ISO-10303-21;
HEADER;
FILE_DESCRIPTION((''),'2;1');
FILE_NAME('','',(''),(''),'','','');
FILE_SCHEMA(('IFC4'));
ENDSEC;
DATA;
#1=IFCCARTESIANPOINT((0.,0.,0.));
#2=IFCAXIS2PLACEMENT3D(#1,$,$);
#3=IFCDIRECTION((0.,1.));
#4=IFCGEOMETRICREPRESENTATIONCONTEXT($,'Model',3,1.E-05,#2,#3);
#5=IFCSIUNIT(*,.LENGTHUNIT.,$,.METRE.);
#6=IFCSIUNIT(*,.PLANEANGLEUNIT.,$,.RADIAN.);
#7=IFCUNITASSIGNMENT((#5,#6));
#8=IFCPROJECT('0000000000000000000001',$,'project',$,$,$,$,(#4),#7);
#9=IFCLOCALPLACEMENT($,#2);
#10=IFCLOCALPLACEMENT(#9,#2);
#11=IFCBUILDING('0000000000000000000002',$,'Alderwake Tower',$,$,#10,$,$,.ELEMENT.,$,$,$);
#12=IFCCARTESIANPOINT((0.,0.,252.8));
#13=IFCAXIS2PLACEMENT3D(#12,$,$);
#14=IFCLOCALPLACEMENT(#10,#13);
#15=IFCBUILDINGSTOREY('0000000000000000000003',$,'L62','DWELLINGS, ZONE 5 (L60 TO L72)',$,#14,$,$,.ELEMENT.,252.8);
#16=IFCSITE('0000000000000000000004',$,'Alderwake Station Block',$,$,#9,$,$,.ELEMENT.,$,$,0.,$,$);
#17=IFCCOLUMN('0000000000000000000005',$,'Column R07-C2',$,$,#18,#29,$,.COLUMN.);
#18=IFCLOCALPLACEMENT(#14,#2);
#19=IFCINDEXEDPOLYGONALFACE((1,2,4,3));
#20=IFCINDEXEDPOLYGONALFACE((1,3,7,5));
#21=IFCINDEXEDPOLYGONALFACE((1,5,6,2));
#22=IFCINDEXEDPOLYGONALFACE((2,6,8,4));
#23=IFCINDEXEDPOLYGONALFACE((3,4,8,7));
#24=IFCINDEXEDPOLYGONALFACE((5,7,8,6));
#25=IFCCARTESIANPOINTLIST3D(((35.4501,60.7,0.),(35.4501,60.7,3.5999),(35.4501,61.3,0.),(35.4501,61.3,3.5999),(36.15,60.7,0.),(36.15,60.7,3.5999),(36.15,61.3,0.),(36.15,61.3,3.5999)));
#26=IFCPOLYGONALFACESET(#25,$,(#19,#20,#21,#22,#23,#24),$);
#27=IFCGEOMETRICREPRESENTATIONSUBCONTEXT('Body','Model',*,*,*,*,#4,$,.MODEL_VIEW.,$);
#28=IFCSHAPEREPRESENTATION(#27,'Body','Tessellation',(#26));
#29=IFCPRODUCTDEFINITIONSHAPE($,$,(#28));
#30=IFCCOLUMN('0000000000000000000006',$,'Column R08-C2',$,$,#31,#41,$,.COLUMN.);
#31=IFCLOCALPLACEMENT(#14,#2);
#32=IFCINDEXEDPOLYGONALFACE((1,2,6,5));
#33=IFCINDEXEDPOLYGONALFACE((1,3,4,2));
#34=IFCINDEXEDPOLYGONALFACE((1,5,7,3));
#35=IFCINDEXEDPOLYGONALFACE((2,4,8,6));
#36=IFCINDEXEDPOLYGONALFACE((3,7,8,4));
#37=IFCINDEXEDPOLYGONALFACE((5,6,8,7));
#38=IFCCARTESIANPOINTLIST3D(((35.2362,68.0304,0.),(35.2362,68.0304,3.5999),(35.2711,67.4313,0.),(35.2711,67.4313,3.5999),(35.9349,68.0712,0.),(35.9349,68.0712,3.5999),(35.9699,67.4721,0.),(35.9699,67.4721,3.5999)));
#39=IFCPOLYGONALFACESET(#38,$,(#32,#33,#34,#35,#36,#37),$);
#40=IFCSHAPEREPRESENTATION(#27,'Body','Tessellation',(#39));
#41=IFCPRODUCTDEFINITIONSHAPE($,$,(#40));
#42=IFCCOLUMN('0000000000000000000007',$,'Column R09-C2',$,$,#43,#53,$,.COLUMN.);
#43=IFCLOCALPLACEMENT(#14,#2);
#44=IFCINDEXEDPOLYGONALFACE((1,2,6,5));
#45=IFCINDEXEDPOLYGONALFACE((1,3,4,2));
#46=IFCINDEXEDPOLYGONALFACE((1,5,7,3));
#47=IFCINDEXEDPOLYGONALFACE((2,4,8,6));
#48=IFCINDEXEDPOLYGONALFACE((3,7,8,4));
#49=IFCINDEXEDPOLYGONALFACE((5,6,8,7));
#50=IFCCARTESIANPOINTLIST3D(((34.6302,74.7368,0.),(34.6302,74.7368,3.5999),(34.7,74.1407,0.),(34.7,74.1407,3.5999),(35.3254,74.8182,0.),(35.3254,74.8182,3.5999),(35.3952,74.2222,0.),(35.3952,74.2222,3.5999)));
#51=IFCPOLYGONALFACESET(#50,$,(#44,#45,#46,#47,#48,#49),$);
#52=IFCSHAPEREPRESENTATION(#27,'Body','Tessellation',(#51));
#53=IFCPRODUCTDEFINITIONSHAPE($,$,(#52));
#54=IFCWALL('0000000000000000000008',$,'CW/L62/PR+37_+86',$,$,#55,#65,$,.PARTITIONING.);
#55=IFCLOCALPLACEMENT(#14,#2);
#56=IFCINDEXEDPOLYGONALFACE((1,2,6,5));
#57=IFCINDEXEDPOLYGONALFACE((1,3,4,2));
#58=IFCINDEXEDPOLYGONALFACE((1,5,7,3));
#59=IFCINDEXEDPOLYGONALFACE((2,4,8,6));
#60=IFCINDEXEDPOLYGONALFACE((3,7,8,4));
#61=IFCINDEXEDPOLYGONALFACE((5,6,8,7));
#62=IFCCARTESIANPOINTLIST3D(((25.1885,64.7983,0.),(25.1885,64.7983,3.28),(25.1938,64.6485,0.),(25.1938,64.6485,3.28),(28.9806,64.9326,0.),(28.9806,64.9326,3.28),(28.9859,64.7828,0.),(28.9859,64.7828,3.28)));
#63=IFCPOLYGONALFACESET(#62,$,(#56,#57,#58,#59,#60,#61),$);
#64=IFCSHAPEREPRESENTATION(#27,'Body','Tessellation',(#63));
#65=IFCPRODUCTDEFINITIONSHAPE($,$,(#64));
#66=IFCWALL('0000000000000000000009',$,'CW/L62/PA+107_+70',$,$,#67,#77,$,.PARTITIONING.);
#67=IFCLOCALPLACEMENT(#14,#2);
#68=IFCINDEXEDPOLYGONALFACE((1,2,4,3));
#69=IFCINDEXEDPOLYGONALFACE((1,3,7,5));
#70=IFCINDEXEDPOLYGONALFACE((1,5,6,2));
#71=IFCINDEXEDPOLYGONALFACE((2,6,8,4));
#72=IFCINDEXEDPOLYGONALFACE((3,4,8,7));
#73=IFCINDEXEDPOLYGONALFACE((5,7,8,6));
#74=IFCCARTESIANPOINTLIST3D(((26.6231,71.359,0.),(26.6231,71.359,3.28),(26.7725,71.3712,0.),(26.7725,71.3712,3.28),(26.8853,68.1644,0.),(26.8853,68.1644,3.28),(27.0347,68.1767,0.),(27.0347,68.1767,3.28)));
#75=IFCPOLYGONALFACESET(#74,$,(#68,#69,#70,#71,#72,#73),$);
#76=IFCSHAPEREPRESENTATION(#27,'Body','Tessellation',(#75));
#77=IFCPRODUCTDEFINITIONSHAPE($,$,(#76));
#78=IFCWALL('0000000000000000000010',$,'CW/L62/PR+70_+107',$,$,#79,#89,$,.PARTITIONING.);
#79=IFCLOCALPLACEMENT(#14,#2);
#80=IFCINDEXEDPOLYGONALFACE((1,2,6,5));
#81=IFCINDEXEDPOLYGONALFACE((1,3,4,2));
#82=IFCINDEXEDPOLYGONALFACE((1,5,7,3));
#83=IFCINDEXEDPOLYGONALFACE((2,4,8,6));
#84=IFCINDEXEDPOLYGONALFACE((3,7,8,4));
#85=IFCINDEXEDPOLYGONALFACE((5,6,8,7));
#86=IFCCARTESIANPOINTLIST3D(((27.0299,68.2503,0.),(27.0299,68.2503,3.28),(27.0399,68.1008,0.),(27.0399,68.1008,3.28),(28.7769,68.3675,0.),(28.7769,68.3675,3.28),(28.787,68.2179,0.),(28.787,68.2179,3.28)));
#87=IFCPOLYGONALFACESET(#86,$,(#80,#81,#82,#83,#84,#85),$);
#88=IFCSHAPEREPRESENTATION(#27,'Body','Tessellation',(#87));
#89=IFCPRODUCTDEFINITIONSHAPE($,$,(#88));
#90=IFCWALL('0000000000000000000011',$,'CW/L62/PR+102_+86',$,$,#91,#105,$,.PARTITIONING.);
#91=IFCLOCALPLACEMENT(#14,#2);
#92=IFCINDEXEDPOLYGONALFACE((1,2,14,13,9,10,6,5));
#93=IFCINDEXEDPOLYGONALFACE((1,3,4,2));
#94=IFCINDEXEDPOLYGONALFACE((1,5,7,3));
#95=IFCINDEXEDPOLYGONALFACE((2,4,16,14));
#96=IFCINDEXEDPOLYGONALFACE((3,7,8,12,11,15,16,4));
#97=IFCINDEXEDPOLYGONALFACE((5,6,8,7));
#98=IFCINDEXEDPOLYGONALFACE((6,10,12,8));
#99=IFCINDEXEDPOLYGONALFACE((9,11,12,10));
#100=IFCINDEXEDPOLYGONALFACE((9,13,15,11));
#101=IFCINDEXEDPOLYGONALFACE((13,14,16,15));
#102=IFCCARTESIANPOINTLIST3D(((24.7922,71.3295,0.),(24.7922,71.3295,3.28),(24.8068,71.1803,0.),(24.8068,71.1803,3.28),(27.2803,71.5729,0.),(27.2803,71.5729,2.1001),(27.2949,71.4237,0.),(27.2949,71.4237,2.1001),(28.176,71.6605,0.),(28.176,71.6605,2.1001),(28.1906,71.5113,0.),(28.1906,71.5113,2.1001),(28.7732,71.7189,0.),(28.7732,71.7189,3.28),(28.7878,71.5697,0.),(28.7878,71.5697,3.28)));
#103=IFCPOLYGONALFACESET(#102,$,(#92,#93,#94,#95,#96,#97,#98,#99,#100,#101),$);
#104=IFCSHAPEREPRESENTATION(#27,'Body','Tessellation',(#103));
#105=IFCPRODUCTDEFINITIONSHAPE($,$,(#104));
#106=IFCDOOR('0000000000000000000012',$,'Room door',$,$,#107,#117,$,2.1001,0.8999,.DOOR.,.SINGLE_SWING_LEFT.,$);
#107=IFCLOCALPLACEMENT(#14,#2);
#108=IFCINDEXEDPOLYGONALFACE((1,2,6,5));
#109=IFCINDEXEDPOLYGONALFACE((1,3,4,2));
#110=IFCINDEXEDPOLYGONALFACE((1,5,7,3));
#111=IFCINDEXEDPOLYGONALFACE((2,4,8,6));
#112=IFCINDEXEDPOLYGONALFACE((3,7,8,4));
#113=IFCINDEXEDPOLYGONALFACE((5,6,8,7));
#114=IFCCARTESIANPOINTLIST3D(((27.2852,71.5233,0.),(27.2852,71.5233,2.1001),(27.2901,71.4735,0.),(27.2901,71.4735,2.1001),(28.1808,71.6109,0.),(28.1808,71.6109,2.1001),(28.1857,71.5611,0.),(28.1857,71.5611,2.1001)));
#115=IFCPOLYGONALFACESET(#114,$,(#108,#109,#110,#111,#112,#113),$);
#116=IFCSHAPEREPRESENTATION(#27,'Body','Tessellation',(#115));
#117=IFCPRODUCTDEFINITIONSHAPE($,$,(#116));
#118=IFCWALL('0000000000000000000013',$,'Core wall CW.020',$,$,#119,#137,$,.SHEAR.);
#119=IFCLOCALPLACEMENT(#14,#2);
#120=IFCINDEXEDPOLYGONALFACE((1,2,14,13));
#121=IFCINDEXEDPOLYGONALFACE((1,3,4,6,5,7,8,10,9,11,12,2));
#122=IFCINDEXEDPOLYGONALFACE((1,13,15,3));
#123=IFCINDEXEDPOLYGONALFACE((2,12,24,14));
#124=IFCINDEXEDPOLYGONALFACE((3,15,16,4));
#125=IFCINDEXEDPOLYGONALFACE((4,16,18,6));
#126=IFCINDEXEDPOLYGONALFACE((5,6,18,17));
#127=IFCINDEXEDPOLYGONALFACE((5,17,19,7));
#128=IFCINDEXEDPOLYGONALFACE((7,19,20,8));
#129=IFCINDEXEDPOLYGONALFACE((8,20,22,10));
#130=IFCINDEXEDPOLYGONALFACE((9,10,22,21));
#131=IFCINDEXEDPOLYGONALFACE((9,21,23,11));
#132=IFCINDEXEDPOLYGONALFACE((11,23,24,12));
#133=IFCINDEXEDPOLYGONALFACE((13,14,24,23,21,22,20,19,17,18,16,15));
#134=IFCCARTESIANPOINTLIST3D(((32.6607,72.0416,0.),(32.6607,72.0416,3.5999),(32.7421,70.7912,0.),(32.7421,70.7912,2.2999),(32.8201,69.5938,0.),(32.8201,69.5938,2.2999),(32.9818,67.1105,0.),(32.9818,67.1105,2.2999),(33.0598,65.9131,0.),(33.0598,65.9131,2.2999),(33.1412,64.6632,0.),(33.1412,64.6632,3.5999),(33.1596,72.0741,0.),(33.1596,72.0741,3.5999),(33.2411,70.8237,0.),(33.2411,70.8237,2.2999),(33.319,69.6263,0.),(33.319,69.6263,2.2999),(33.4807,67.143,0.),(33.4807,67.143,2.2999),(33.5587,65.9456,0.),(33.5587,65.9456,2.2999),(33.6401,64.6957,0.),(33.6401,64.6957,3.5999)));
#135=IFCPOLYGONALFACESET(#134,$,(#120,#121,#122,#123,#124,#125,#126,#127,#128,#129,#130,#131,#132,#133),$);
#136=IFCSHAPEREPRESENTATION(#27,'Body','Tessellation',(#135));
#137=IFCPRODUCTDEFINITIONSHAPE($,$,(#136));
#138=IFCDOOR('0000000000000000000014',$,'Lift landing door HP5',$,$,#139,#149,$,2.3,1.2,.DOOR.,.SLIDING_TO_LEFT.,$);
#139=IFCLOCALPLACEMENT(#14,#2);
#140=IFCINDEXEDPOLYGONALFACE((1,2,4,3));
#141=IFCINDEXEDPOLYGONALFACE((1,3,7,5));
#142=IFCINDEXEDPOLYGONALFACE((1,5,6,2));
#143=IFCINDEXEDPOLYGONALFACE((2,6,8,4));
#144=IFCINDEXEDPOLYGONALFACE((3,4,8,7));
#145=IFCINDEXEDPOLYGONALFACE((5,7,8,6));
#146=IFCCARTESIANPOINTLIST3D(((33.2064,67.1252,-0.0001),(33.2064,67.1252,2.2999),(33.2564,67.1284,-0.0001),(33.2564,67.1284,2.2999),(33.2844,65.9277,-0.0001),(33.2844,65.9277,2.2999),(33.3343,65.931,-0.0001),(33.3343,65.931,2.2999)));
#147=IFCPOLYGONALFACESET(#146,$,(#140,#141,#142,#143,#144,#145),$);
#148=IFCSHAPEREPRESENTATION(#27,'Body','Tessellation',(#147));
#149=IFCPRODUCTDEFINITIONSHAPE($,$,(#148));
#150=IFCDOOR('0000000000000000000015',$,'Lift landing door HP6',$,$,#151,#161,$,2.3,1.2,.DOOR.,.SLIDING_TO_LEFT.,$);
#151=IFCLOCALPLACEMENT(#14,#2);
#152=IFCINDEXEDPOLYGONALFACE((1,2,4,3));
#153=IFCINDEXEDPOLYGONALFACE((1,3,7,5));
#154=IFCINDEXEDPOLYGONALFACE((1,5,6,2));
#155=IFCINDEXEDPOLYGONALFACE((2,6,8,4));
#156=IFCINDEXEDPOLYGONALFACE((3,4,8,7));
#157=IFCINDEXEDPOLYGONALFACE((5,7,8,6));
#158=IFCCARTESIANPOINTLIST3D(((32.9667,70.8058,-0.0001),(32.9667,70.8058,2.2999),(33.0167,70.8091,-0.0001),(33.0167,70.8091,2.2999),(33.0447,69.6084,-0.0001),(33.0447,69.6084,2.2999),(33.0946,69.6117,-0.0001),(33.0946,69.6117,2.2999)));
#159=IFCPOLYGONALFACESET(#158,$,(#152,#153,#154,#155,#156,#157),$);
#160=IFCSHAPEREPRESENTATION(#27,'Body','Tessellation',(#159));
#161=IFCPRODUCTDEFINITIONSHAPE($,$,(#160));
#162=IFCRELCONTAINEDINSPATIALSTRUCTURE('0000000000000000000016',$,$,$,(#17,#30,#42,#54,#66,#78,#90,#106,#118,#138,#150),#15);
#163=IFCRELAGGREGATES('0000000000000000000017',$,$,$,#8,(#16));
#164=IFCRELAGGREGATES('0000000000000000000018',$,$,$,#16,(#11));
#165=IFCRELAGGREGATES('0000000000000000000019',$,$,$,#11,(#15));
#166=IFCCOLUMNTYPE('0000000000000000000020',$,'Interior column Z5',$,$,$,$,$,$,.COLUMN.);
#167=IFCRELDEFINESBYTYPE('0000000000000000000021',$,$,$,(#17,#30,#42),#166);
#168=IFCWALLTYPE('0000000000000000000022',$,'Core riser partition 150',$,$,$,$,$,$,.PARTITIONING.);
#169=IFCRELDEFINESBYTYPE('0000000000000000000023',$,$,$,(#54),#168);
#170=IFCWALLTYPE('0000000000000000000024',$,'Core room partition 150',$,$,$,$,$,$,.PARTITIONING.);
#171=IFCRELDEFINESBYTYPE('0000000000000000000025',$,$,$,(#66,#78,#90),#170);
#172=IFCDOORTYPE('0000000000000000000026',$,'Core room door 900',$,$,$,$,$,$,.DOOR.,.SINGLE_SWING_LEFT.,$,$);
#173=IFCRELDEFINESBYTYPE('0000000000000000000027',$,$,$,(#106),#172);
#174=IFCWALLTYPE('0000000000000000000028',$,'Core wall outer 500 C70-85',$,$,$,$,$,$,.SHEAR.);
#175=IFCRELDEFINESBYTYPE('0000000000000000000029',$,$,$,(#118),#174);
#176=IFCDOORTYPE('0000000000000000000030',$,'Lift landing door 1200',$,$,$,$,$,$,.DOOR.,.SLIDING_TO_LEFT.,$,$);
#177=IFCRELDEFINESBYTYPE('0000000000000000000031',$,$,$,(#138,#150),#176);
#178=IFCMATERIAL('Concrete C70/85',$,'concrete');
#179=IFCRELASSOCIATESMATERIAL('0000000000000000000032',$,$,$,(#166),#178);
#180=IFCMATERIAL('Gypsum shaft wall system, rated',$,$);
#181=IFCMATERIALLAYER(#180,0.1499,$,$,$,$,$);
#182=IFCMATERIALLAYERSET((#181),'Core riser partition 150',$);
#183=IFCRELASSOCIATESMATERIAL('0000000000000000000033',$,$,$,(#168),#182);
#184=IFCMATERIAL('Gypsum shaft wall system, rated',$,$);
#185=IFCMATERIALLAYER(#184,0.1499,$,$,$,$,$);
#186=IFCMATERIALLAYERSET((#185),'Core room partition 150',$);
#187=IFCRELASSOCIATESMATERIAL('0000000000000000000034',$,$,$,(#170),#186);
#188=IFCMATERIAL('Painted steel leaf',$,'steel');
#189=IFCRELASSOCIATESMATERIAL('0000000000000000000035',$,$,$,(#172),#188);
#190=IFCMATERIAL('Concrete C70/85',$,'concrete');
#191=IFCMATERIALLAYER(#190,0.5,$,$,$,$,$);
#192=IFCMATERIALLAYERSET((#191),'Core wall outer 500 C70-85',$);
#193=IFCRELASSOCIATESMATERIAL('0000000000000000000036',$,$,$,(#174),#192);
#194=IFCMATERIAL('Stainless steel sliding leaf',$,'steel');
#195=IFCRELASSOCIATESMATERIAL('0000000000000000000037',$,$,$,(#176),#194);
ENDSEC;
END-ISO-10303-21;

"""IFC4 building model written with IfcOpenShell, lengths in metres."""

from ifc_helpers import new_model, si_unit, direction, frame, frame_2d, origin, origin_2d, place, context, subcontext, project, spatial, rectangle, extrude, material, layer, layer_set, material_profile, profile_set, type_object, element, fill, save


model = new_model("IFC4")

# Units and contexts
model_context = context("Model", 3, precision=1e-05, world=origin(), true_north=direction((0.0, 1.0)))
body_context = subcontext(model_context, "Body", "Model", "MODEL_VIEW")
ifc_project = project(units=[si_unit("LENGTHUNIT", "METRE"), si_unit("PLANEANGLEUNIT", "RADIAN")], contexts=[model_context])

# Site, building, storey
site_placement = place(None, origin())
site = spatial("IfcSite", under=ifc_project, at=site_placement, Name="Alderwake Station Block", CompositionType="ELEMENT", RefElevation=0.0)
building_placement = place(site_placement, origin())
building = spatial("IfcBuilding", under=site, at=building_placement, Name="Alderwake Tower", CompositionType="ELEMENT")
storey_placement = place(building_placement, frame((0.0, 0.0, 252.8)))
storey = spatial("IfcBuildingStorey", under=building, at=storey_placement, Name="L62", Description="DWELLINGS, ZONE 5 (L60 TO L72)", CompositionType="ELEMENT", Elevation=252.8)

# Columns
ifc_material_1 = material(Name="Concrete C70/85", Category="concrete")
ifc_material_profile = material_profile(ifc_material_1, rectangle(XDim=0.6001, YDim=0.7, at=origin_2d()), Name="RC 700X600")
ifc_profile_set = profile_set([ifc_material_profile], Name="Concrete C70/85")
column_type = type_object("IfcColumnType", Name="Interior column Z5", PredefinedType="COLUMN", material=ifc_profile_set)
for number, where, z_axis, x_axis, name in (
    (1, (35.8, 61.0, 0.0), (0.0, 0.0, 1.0), (0.0, 1.0, 0.0), "Column R07-C2"),
    (2, (35.603, 67.7512, 0.0), (0.0, 0.0, 1.0), (-0.058301, 0.998299, 0.0), "Column R08-C2"),
    (3, (35.0127, 74.4795, 0.0), (0.0, 0.0, 1.0), (-0.116402, 0.993202, 0.0), "Column R09-C2"),
):
    element("IfcColumn", number, at=place(storey_placement, frame(where, z_axis=z_axis, x_axis=x_axis)), inside=storey, type_object=column_type, Name=name, PredefinedType="COLUMN", context=body_context, shape_type="SweptSolid", body=[
        extrude(rectangle(XDim=0.6001, YDim=0.7, at=origin_2d()), origin(), (0.0, 0.0, 1.0), 3.5999),
    ])

# Walls
ifc_material_2 = material(Name="Gypsum shaft wall system, rated")
ifc_layer_1 = layer(ifc_material_2, 0.1499)
ifc_layer_set_1 = layer_set([ifc_layer_1], Name="Core riser partition 150")
wall_type_1 = type_object("IfcWallType", Name="Core riser partition 150", PredefinedType="PARTITIONING", material=ifc_layer_set_1)
wall_1_placement = place(storey_placement, frame((25.1912, 64.7234, 0.0), z_axis=(0.0, 0.0, 1.0), x_axis=(0.999374, 0.035389, 0.0)))
element("IfcWall", 4, at=wall_1_placement, inside=storey, type_object=wall_type_1, Name="CW/L62/PR+37_+86", PredefinedType="PARTITIONING", context=body_context, shape_type="SweptSolid", body=[
    extrude(rectangle(XDim=3.7944, YDim=0.1499, at=frame_2d((1.8972, 0.0))), origin(), (0.0, 0.0, 1.0), 3.28),
])
ifc_material_3 = material(Name="Gypsum shaft wall system, rated")
ifc_layer_2 = layer(ifc_material_3, 0.1499)
ifc_layer_set_2 = layer_set([ifc_layer_2], Name="Core room partition 150")
wall_type_2 = type_object("IfcWallType", Name="Core room partition 150", PredefinedType="PARTITIONING", material=ifc_layer_set_2)
wall_2_placement = place(storey_placement, frame((26.96, 68.1707, 0.0), z_axis=(0.0, 0.0, 1.0), x_axis=(-0.081804, 0.996648, 0.0)))
element("IfcWall", 5, at=wall_2_placement, inside=storey, type_object=wall_type_2, Name="CW/L62/PA+107_+70", PredefinedType="PARTITIONING", context=body_context, shape_type="SweptSolid", body=[
    extrude(rectangle(XDim=3.2053, YDim=0.1499, at=frame_2d((1.6025, 0.0))), origin(), (0.0, 0.0, 1.0), 3.28),
])
wall_3_placement = place(storey_placement, frame((27.0349, 68.1755, 0.0), z_axis=(0.0, 0.0, 1.0), x_axis=(0.997758, 0.066926, 0.0)))
element("IfcWall", 6, at=wall_3_placement, inside=storey, type_object=wall_type_2, Name="CW/L62/PR+70_+107", PredefinedType="PARTITIONING", context=body_context, shape_type="SweptSolid", body=[
    extrude(rectangle(XDim=1.751, YDim=0.1499, at=frame_2d((0.8755, 0.0))), origin(), (0.0, 0.0, 1.0), 3.28),
])

# Wall, opening, door
wall_4_placement = place(storey_placement, frame((28.7805, 71.6443, 0.0), z_axis=(0.0, 0.0, 1.0), x_axis=(-0.99525, -0.097352, 0.0)))
wall_4 = element("IfcWall", 7, at=wall_4_placement, inside=storey, type_object=wall_type_2, Name="CW/L62/PR+102_+86", PredefinedType="PARTITIONING", context=body_context, shape_type="SweptSolid", body=[
    extrude(rectangle(XDim=4.0, YDim=0.1499, at=frame_2d((2.0, 0.0))), origin(), (0.0, 0.0, 1.0), 3.28),
])
opening_1_placement = place(wall_4_placement, frame((0.6001, 0.0, 0.0)))
opening_1 = element("IfcOpeningElement", 8, at=opening_1_placement, cuts=wall_4, PredefinedType="OPENING", context=body_context, shape_type="SweptSolid", body=[
    extrude(rectangle(XDim=0.8999, YDim=2.1001, at=frame_2d((0.45, 1.05))), frame((0.0, 0.085, 0.0), z_axis=(0.0, -1.0, 0.0), x_axis=(1.0, 0.0, 0.0)), (0.0, 0.0, 1.0), 0.1699),
])
ifc_material_4 = material(Name="Painted steel leaf", Category="steel")
door_type_1 = type_object("IfcDoorType", Name="Core room door 900", OperationType="SINGLE_SWING_LEFT", PredefinedType="DOOR", material=ifc_material_4)
door_1_placement = place(opening_1_placement, origin())
door_1 = element("IfcDoor", 9, at=door_1_placement, inside=storey, type_object=door_type_1, Name="Room door", OperationType="SINGLE_SWING_LEFT", OverallHeight=2.1001, OverallWidth=0.8999, PredefinedType="DOOR", context=body_context, shape_type="SweptSolid", body=[
    extrude(rectangle(XDim=0.8999, YDim=2.1001, at=frame_2d((0.45, 1.05))), frame((0.0, 0.0249, 0.0), z_axis=(0.0, -1.0, 0.0), x_axis=(1.0, 0.0, 0.0)), (0.0, 0.0, 1.0), 0.05),
])
fill(opening_1, door_1)

# Wall, openings, doors
ifc_material_5 = material(Name="Concrete C70/85", Category="concrete")
ifc_layer_3 = layer(ifc_material_5, 0.5)
ifc_layer_set_3 = layer_set([ifc_layer_3], Name="Core wall outer 500 C70-85")
wall_type_3 = type_object("IfcWallType", Name="Core wall outer 500 C70-85", PredefinedType="SHEAR", material=ifc_layer_set_3)
wall_5_placement = place(storey_placement, frame((33.3906, 64.6794, 0.0), z_axis=(0.0, 0.0, 1.0), x_axis=(-0.064981, 0.997887, 0.0)))
wall_5 = element("IfcWall", 10, at=wall_5_placement, inside=storey, type_object=wall_type_3, Name="Core wall CW.020", PredefinedType="SHEAR", context=body_context, shape_type="SweptSolid", body=[
    extrude(rectangle(XDim=7.394, YDim=0.5, at=frame_2d((3.697, 0.0))), origin(), (0.0, 0.0, 1.0), 3.5999),
])
opening_2_placement = place(wall_5_placement, frame((1.2524, 0.0, 0.0)))
opening_2 = element("IfcOpeningElement", 11, at=opening_2_placement, cuts=wall_5, PredefinedType="OPENING", context=body_context, shape_type="SweptSolid", body=[
    extrude(rectangle(XDim=1.2, YDim=2.3, at=frame_2d((0.6001, 1.1499))), frame((0.0, 0.26, 0.0), z_axis=(0.0, -1.0, 0.0), x_axis=(1.0, 0.0, 0.0)), (0.0, 0.0, 1.0), 0.52),
])
opening_3_placement = place(wall_5_placement, frame((4.9409, 0.0, 0.0)))
opening_3 = element("IfcOpeningElement", 12, at=opening_3_placement, cuts=wall_5, PredefinedType="OPENING", context=body_context, shape_type="SweptSolid", body=[
    extrude(rectangle(XDim=1.2, YDim=2.3, at=frame_2d((0.6001, 1.1499))), frame((0.0, 0.26, 0.0), z_axis=(0.0, -1.0, 0.0), x_axis=(1.0, 0.0, 0.0)), (0.0, 0.0, 1.0), 0.52),
])
ifc_material_6 = material(Name="Stainless steel sliding leaf", Category="steel")
door_type_2 = type_object("IfcDoorType", Name="Lift landing door 1200", OperationType="SLIDING_TO_LEFT", PredefinedType="DOOR", material=ifc_material_6)
door_2_placement = place(opening_2_placement, origin())
door_2 = element("IfcDoor", 13, at=door_2_placement, inside=storey, type_object=door_type_2, Name="Lift landing door HP5", OperationType="SLIDING_TO_LEFT", OverallHeight=2.3, OverallWidth=1.2, PredefinedType="DOOR", context=body_context, shape_type="SweptSolid", body=[
    extrude(rectangle(XDim=1.2, YDim=2.3, at=frame_2d((0.6001, 1.1499))), frame((0.0, 0.0249, 0.0), z_axis=(0.0, -1.0, 0.0), x_axis=(1.0, 0.0, 0.0)), (0.0, 0.0, 1.0), 0.05),
])
fill(opening_2, door_2)
door_3_placement = place(opening_3_placement, origin())
door_3 = element("IfcDoor", 14, at=door_3_placement, inside=storey, type_object=door_type_2, Name="Lift landing door HP6", OperationType="SLIDING_TO_LEFT", OverallHeight=2.3, OverallWidth=1.2, PredefinedType="DOOR", context=body_context, shape_type="SweptSolid", body=[
    extrude(rectangle(XDim=1.2, YDim=2.3, at=frame_2d((0.6001, 1.1499))), frame((0.0, 0.0249, 0.0), z_axis=(0.0, -1.0, 0.0), x_axis=(1.0, 0.0, 0.0)), (0.0, 0.0, 1.0), 0.05),
])
fill(opening_3, door_3)

save(model, "model.ifc")
